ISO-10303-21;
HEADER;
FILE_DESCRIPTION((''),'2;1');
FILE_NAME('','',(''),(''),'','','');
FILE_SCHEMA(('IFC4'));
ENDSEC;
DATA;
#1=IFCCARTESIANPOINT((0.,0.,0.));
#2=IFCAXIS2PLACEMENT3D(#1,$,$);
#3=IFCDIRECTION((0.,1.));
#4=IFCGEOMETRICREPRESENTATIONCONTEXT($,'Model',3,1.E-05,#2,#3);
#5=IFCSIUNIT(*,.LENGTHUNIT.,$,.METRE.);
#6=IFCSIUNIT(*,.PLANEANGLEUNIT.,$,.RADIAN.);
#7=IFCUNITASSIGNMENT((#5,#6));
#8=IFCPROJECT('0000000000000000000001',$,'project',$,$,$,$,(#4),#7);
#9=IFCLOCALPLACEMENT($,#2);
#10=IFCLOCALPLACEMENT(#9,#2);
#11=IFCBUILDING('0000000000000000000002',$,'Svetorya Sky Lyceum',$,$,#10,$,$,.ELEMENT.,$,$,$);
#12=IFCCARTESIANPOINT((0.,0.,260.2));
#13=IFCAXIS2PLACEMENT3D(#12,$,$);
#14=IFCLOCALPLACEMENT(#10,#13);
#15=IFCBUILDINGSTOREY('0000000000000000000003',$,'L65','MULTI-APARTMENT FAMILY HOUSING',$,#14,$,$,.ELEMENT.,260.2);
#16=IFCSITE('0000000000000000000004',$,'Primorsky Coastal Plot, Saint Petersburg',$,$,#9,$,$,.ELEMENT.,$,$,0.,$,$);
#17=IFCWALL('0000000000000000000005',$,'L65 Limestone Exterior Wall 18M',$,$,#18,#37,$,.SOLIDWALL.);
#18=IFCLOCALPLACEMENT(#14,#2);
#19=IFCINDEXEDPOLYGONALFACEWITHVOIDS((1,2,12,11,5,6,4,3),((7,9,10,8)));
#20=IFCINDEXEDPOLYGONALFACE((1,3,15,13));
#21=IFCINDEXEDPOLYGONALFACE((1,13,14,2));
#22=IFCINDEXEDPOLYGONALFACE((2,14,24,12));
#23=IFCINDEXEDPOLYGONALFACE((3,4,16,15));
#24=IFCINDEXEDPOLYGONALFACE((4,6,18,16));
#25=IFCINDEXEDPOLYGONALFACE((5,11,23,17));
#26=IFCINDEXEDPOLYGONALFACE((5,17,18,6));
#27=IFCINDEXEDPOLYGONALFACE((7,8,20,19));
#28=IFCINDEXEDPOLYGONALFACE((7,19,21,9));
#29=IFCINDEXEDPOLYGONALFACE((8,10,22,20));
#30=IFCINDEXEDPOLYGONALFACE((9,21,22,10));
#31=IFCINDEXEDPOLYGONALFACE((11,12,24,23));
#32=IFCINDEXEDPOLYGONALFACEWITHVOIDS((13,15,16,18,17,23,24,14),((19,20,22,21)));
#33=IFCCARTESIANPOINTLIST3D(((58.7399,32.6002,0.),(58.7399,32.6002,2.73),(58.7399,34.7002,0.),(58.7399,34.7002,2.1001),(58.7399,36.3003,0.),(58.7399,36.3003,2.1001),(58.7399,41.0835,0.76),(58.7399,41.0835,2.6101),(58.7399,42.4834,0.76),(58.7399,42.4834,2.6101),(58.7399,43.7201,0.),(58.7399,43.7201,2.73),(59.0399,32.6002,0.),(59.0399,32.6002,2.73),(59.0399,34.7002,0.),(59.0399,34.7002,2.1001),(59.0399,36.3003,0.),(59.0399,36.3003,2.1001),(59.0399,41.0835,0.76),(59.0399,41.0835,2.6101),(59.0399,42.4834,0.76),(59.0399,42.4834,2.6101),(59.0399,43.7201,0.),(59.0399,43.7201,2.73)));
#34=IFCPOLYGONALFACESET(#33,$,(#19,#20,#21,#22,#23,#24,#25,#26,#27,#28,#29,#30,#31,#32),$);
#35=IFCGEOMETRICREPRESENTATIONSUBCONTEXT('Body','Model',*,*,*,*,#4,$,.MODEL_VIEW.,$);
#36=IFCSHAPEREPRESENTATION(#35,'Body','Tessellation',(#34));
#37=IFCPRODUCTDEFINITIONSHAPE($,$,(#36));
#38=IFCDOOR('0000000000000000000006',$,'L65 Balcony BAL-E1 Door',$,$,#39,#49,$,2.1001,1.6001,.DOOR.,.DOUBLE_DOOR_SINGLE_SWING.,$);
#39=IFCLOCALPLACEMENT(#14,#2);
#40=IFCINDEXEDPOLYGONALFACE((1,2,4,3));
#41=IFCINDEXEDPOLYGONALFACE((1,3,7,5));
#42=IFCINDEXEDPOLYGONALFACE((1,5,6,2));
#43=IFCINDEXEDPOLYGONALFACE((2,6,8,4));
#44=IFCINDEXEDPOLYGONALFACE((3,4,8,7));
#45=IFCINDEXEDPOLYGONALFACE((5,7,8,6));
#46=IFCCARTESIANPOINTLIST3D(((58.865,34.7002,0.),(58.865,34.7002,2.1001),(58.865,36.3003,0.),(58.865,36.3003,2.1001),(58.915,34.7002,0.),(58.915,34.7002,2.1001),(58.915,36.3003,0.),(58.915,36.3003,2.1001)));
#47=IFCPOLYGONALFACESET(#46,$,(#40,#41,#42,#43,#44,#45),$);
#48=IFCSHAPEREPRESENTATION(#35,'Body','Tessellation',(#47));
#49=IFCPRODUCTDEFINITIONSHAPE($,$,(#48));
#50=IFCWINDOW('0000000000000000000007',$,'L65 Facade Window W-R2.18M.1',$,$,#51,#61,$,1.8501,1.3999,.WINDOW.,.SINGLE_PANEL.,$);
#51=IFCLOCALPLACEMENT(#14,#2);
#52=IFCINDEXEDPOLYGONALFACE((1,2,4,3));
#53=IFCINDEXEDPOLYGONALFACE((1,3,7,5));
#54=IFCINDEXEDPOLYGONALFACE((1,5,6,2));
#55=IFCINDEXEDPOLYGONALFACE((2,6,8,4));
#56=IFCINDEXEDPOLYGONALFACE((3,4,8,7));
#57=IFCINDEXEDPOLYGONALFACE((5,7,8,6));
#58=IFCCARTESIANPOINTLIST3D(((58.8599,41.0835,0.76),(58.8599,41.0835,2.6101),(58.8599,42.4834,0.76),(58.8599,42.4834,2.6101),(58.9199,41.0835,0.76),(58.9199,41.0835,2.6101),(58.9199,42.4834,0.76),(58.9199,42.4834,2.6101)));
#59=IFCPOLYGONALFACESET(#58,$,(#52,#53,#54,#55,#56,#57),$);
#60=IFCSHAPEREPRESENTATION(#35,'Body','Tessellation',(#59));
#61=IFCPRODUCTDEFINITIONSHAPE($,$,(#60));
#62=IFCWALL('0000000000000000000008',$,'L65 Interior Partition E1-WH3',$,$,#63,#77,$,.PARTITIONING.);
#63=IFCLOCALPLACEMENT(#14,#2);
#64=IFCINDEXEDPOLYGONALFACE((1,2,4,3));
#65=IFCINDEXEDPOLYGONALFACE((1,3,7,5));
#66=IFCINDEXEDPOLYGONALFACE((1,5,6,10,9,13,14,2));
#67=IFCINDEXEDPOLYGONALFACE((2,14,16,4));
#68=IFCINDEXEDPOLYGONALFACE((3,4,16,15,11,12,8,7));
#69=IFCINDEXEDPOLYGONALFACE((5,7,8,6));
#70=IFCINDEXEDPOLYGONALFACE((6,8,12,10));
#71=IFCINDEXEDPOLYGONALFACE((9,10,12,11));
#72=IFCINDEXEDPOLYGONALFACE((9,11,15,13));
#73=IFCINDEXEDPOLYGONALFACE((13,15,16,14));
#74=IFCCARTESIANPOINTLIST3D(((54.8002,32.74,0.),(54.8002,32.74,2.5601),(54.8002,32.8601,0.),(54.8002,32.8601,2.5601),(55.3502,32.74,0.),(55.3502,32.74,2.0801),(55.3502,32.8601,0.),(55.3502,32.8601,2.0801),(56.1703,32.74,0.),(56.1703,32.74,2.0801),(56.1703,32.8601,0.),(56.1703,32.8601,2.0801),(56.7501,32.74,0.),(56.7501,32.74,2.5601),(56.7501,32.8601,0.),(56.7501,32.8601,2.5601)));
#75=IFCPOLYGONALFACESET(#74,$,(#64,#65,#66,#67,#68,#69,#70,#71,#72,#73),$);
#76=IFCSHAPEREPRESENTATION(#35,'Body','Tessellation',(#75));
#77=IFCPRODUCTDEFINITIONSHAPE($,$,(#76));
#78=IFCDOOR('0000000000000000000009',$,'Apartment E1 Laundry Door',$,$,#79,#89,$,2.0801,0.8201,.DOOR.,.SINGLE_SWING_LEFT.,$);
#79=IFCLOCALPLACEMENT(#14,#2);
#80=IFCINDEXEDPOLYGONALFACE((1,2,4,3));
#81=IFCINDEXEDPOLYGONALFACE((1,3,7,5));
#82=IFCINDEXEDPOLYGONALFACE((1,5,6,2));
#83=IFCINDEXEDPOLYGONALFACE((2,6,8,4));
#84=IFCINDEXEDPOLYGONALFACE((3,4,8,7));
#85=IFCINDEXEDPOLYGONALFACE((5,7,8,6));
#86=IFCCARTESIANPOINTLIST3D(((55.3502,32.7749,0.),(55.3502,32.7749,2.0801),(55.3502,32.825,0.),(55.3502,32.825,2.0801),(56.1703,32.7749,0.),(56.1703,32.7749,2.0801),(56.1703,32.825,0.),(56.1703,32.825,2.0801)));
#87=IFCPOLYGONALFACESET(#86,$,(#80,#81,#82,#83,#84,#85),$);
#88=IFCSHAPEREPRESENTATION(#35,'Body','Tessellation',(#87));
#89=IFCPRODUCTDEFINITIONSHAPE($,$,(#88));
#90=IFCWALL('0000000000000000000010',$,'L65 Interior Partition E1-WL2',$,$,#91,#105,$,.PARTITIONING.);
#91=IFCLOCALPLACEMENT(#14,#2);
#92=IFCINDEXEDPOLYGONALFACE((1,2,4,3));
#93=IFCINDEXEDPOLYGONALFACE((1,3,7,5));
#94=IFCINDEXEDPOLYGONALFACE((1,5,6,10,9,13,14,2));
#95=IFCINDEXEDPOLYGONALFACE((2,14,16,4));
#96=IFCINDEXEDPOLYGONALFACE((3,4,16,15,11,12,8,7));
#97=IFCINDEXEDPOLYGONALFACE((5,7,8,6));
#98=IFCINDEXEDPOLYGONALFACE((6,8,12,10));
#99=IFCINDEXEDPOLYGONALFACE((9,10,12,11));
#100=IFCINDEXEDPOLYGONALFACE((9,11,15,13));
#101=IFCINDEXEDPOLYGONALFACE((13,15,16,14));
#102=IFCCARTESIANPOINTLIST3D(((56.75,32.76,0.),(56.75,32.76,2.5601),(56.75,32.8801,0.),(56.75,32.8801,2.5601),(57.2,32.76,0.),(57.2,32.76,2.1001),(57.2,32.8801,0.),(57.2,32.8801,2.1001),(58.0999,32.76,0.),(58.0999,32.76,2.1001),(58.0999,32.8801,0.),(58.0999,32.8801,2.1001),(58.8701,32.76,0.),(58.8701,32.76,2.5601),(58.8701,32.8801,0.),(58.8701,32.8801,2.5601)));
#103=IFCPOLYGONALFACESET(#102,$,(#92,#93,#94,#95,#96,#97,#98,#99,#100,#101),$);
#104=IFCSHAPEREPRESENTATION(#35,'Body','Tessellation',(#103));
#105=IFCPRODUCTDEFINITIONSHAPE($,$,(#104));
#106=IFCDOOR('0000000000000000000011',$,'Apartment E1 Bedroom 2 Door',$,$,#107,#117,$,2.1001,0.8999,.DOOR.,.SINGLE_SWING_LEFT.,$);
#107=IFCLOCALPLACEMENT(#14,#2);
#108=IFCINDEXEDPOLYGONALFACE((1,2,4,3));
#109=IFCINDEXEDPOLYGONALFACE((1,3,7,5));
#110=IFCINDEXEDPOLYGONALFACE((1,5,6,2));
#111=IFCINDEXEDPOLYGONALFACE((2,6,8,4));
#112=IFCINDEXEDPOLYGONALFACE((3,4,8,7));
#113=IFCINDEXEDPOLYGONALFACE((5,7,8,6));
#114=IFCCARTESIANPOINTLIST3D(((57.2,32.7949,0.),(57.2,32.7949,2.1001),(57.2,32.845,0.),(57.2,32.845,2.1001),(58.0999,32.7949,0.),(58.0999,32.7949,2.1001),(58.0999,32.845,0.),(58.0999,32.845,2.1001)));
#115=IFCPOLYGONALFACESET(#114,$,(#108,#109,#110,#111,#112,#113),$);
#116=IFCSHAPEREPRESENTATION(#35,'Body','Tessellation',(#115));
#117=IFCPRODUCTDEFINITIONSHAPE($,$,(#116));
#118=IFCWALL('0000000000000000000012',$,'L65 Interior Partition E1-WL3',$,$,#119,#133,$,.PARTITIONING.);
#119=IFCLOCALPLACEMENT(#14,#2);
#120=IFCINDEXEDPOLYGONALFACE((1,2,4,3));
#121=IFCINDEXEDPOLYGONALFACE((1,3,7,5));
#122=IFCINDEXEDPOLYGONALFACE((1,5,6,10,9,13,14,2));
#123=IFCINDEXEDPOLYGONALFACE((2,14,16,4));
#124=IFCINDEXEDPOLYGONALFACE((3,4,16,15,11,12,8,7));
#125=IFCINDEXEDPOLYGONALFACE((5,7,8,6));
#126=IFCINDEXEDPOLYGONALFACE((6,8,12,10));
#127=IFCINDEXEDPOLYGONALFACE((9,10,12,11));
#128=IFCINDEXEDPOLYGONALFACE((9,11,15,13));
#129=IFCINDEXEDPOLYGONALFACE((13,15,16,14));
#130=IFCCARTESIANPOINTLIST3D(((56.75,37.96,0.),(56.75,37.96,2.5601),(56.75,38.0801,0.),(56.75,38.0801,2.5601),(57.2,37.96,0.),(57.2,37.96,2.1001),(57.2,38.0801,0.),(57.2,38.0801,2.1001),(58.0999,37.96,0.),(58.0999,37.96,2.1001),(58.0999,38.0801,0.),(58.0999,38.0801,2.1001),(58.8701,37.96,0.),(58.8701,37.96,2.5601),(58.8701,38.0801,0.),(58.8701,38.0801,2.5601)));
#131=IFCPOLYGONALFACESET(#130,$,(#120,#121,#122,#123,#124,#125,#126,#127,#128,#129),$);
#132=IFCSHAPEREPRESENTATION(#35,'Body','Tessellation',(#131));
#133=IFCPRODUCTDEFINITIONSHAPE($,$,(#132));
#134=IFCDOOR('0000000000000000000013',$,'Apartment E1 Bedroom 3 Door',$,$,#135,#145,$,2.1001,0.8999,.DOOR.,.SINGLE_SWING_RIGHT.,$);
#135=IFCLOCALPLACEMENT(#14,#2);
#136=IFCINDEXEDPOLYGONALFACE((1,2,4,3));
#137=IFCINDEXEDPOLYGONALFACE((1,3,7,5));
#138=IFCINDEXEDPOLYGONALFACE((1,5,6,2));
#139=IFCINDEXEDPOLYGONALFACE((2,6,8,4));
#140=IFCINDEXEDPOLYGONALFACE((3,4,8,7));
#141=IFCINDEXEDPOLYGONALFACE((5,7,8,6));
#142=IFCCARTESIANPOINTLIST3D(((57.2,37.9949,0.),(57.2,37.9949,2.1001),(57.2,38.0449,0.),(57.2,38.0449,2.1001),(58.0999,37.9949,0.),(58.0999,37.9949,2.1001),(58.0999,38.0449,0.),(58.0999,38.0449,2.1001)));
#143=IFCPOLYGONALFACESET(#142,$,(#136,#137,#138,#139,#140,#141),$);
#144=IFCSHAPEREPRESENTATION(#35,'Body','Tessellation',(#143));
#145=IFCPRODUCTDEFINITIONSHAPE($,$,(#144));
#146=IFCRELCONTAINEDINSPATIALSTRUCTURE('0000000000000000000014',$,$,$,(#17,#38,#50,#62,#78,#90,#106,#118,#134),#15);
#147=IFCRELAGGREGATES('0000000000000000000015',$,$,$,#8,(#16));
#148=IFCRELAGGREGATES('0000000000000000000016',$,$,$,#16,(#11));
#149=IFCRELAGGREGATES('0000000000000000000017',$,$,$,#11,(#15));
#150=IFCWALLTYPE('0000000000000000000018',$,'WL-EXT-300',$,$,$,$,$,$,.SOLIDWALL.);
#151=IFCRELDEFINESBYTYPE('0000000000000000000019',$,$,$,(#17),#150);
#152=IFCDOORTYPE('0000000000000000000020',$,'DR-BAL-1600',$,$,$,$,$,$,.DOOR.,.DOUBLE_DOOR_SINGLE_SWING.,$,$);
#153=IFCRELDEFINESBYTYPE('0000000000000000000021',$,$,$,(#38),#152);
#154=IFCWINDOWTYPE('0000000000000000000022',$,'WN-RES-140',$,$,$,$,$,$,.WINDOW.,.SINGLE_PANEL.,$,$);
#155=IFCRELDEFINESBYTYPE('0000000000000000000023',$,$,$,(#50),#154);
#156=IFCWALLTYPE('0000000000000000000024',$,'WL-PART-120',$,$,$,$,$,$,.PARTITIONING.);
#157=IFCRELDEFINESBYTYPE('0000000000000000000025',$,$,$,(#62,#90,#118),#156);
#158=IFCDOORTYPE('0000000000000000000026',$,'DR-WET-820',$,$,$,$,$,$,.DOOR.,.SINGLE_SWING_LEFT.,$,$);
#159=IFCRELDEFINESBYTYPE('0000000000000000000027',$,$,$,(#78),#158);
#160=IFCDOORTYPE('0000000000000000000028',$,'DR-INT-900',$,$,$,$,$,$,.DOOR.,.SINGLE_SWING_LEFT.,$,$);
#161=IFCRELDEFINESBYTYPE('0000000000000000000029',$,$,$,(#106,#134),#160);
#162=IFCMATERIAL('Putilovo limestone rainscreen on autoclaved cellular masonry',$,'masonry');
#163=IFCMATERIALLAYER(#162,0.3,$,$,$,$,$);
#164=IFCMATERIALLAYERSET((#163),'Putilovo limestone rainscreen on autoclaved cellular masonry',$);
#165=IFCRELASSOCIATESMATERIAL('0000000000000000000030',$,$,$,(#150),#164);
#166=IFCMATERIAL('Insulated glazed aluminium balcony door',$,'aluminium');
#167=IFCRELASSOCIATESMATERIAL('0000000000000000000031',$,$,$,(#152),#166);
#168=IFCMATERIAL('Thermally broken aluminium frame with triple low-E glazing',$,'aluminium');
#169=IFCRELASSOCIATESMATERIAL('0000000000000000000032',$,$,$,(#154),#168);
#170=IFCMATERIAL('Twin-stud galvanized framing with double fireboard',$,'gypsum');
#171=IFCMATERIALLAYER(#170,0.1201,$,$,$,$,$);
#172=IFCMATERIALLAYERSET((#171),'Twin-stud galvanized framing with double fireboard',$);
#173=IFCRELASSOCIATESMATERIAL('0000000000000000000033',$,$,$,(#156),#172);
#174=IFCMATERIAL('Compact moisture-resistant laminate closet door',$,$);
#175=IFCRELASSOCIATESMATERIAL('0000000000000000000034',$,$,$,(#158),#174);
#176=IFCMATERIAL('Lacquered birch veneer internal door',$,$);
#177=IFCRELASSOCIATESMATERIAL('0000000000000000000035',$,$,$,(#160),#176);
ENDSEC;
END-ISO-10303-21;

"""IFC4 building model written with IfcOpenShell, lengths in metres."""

from ifc_helpers import new_model, si_unit, direction, frame, frame_2d, origin, place, context, subcontext, project, spatial, rectangle, extrude, material, layer, layer_set, type_object, element, fill, save


model = new_model("IFC4")

# Units and contexts
model_context = context("Model", 3, precision=1e-05, world=origin(), true_north=direction((0.0, 1.0)))
body_context = subcontext(model_context, "Body", "Model", "MODEL_VIEW")
ifc_project = project(units=[si_unit("LENGTHUNIT", "METRE"), si_unit("PLANEANGLEUNIT", "RADIAN")], contexts=[model_context])

# Site, building, storey
site_placement = place(None, origin())
site = spatial("IfcSite", under=ifc_project, at=site_placement, Name="Primorsky Coastal Plot, Saint Petersburg", CompositionType="ELEMENT", RefElevation=0.0)
building_placement = place(site_placement, origin())
building = spatial("IfcBuilding", under=site, at=building_placement, Name="Svetorya Sky Lyceum", CompositionType="ELEMENT")
storey_placement = place(building_placement, frame((0.0, 0.0, 260.2)))
storey = spatial("IfcBuildingStorey", under=building, at=storey_placement, Name="L65", Description="MULTI-APARTMENT FAMILY HOUSING", CompositionType="ELEMENT", Elevation=260.2)

# Shared definitions
ifc_material_1 = material(Name="Putilovo limestone rainscreen on autoclaved cellular masonry", Category="masonry")
ifc_layer_1 = layer(ifc_material_1, 0.3)
ifc_layer_set_1 = layer_set([ifc_layer_1], Name="Putilovo limestone rainscreen on autoclaved cellular masonry")
wall_type_1 = type_object("IfcWallType", Name="WL-EXT-300", PredefinedType="SOLIDWALL", material=ifc_layer_set_1)

# Shared definitions
ifc_material_2 = material(Name="Thermally broken aluminium frame with triple low-E glazing", Category="aluminium")

# Wall, openings, door, window
wall_1_placement = place(storey_placement, frame((58.8899, 32.6001, 0.0), z_axis=(0.0, 0.0, 1.0), x_axis=(0.0, 1.0, 0.0)))
wall_1 = element("IfcWall", 1, at=wall_1_placement, inside=storey, type_object=wall_type_1, Name="L65 Limestone Exterior Wall 18M", PredefinedType="SOLIDWALL", context=body_context, shape_type="SweptSolid", body=[
    extrude(rectangle(XDim=11.1199, YDim=0.3, at=frame_2d((5.5601, 0.0))), origin(), (0.0, 0.0, 1.0), 2.73),
])
opening_1_placement = place(wall_1_placement, frame((2.1001, 0.0, 0.0)))
opening_1 = element("IfcOpeningElement", 2, at=opening_1_placement, cuts=wall_1, PredefinedType="OPENING", context=body_context, shape_type="SweptSolid", body=[
    extrude(rectangle(XDim=1.6001, YDim=2.1001, at=frame_2d((0.8, 1.05))), frame((0.0, 0.1599, 0.0), z_axis=(0.0, -1.0, 0.0), x_axis=(1.0, 0.0, 0.0)), (0.0, 0.0, 1.0), 0.3201),
])
opening_2_placement = place(wall_1_placement, frame((8.4834, 0.0, 0.76)))
opening_2 = element("IfcOpeningElement", 3, at=opening_2_placement, cuts=wall_1, PredefinedType="OPENING", context=body_context, shape_type="SweptSolid", body=[
    extrude(rectangle(XDim=1.3999, YDim=1.8501, at=frame_2d((0.7, 0.925))), frame((0.0, 0.1599, 0.0), z_axis=(0.0, -1.0, 0.0), x_axis=(1.0, 0.0, 0.0)), (0.0, 0.0, 1.0), 0.3201),
])
ifc_material_3 = material(Name="Insulated glazed aluminium balcony door", Category="aluminium")
door_type_1 = type_object("IfcDoorType", Name="DR-BAL-1600", OperationType="DOUBLE_DOOR_SINGLE_SWING", PredefinedType="DOOR", material=ifc_material_3)
door_1_placement = place(opening_1_placement, origin())
door_1 = element("IfcDoor", 4, at=door_1_placement, inside=storey, type_object=door_type_1, Name="L65 Balcony BAL-E1 Door", OperationType="DOUBLE_DOOR_SINGLE_SWING", OverallHeight=2.1001, OverallWidth=1.6001, PredefinedType="DOOR", context=body_context, shape_type="SweptSolid", body=[
    extrude(rectangle(XDim=1.6001, YDim=2.1001, at=frame_2d((0.8, 1.05))), frame((0.0, 0.0249, 0.0), z_axis=(0.0, -1.0, 0.0), x_axis=(1.0, 0.0, 0.0)), (0.0, 0.0, 1.0), 0.05),
])
fill(opening_1, door_1)
window_type_1 = type_object("IfcWindowType", Name="WN-RES-140", PartitioningType="SINGLE_PANEL", PredefinedType="WINDOW", material=ifc_material_2)
window_1_placement = place(opening_2_placement, origin())
window_1 = element("IfcWindow", 5, at=window_1_placement, inside=storey, type_object=window_type_1, Name="L65 Facade Window W-R2.18M.1", OverallHeight=1.8501, OverallWidth=1.3999, PartitioningType="SINGLE_PANEL", PredefinedType="WINDOW", context=body_context, shape_type="SweptSolid", body=[
    extrude(rectangle(XDim=1.3999, YDim=1.8501, at=frame_2d((0.7, 0.925))), frame((0.0, 0.03, 0.0), z_axis=(0.0, -1.0, 0.0), x_axis=(1.0, 0.0, 0.0)), (0.0, 0.0, 1.0), 0.0601),
])
fill(opening_2, window_1)

# Walls, openings, doors
ifc_material_4 = material(Name="Twin-stud galvanized framing with double fireboard", Category="gypsum")
ifc_layer_2 = layer(ifc_material_4, 0.1201)
ifc_layer_set_2 = layer_set([ifc_layer_2], Name="Twin-stud galvanized framing with double fireboard")
wall_type_2 = type_object("IfcWallType", Name="WL-PART-120", PredefinedType="PARTITIONING", material=ifc_layer_set_2)
wall_2_placement = place(storey_placement, frame((54.8, 32.8, 0.0), z_axis=(0.0, 0.0, 1.0), x_axis=(1.0, 0.0, 0.0)))
wall_2 = element("IfcWall", 6, at=wall_2_placement, inside=storey, type_object=wall_type_2, Name="L65 Interior Partition E1-WH3", PredefinedType="PARTITIONING", context=body_context, shape_type="SweptSolid", body=[
    extrude(rectangle(XDim=1.95, YDim=0.1201, at=frame_2d((0.9751, 0.0))), origin(), (0.0, 0.0, 1.0), 2.5601),
])
opening_3_placement = place(wall_2_placement, frame((0.55, 0.0, 0.0)))
opening_3 = element("IfcOpeningElement", 7, at=opening_3_placement, cuts=wall_2, PredefinedType="OPENING", context=body_context, shape_type="SweptSolid", body=[
    extrude(rectangle(XDim=0.8201, YDim=2.0801, at=frame_2d((0.4102, 1.04))), frame((0.0, 0.0701, 0.0), z_axis=(0.0, -1.0, 0.0), x_axis=(1.0, 0.0, 0.0)), (0.0, 0.0, 1.0), 0.1401),
])
ifc_material_5 = material(Name="Compact moisture-resistant laminate closet door")
door_type_2 = type_object("IfcDoorType", Name="DR-WET-820", OperationType="SINGLE_SWING_LEFT", PredefinedType="DOOR", material=ifc_material_5)
door_2_placement = place(opening_3_placement, origin())
door_2 = element("IfcDoor", 8, at=door_2_placement, inside=storey, type_object=door_type_2, Name="Apartment E1 Laundry Door", OperationType="SINGLE_SWING_LEFT", OverallHeight=2.0801, OverallWidth=0.8201, PredefinedType="DOOR", context=body_context, shape_type="SweptSolid", body=[
    extrude(rectangle(XDim=0.8201, YDim=2.0801, at=frame_2d((0.4102, 1.04))), frame((0.0, 0.0249, 0.0), z_axis=(0.0, -1.0, 0.0), x_axis=(1.0, 0.0, 0.0)), (0.0, 0.0, 1.0), 0.05),
])
fill(opening_3, door_2)
wall_3_placement = place(storey_placement, frame((56.75, 32.8201, 0.0), z_axis=(0.0, 0.0, 1.0), x_axis=(1.0, 0.0, 0.0)))
wall_3 = element("IfcWall", 9, at=wall_3_placement, inside=storey, type_object=wall_type_2, Name="L65 Interior Partition E1-WL2", PredefinedType="PARTITIONING", context=body_context, shape_type="SweptSolid", body=[
    extrude(rectangle(XDim=2.1201, YDim=0.1201, at=frame_2d((1.0601, 0.0))), origin(), (0.0, 0.0, 1.0), 2.5601),
])
opening_4_placement = place(wall_3_placement, frame((0.45, 0.0, 0.0)))
opening_4 = element("IfcOpeningElement", 10, at=opening_4_placement, cuts=wall_3, PredefinedType="OPENING", context=body_context, shape_type="SweptSolid", body=[
    extrude(rectangle(XDim=0.8999, YDim=2.1001, at=frame_2d((0.45, 1.05))), frame((0.0, 0.0701, 0.0), z_axis=(0.0, -1.0, 0.0), x_axis=(1.0, 0.0, 0.0)), (0.0, 0.0, 1.0), 0.1401),
])
ifc_material_6 = material(Name="Lacquered birch veneer internal door")
door_type_3 = type_object("IfcDoorType", Name="DR-INT-900", OperationType="SINGLE_SWING_LEFT", PredefinedType="DOOR", material=ifc_material_6)
door_3_placement = place(opening_4_placement, origin())
door_3 = element("IfcDoor", 11, at=door_3_placement, inside=storey, type_object=door_type_3, Name="Apartment E1 Bedroom 2 Door", OperationType="SINGLE_SWING_LEFT", OverallHeight=2.1001, OverallWidth=0.8999, PredefinedType="DOOR", context=body_context, shape_type="SweptSolid", body=[
    extrude(rectangle(XDim=0.8999, YDim=2.1001, at=frame_2d((0.45, 1.05))), frame((0.0, 0.0249, 0.0), z_axis=(0.0, -1.0, 0.0), x_axis=(1.0, 0.0, 0.0)), (0.0, 0.0, 1.0), 0.05),
])
fill(opening_4, door_3)
wall_4_placement = place(storey_placement, frame((56.75, 38.02, 0.0), z_axis=(0.0, 0.0, 1.0), x_axis=(1.0, 0.0, 0.0)))
wall_4 = element("IfcWall", 12, at=wall_4_placement, inside=storey, type_object=wall_type_2, Name="L65 Interior Partition E1-WL3", PredefinedType="PARTITIONING", context=body_context, shape_type="SweptSolid", body=[
    extrude(rectangle(XDim=2.1201, YDim=0.1201, at=frame_2d((1.0601, 0.0))), origin(), (0.0, 0.0, 1.0), 2.5601),
])
opening_5_placement = place(wall_4_placement, frame((0.45, 0.0, 0.0)))
opening_5 = element("IfcOpeningElement", 13, at=opening_5_placement, cuts=wall_4, PredefinedType="OPENING", context=body_context, shape_type="SweptSolid", body=[
    extrude(rectangle(XDim=0.8999, YDim=2.1001, at=frame_2d((0.45, 1.05))), frame((0.0, 0.0701, 0.0), z_axis=(0.0, -1.0, 0.0), x_axis=(1.0, 0.0, 0.0)), (0.0, 0.0, 1.0), 0.1401),
])
door_4_placement = place(opening_5_placement, origin())
door_4 = element("IfcDoor", 14, at=door_4_placement, inside=storey, type_object=door_type_3, Name="Apartment E1 Bedroom 3 Door", OperationType="SINGLE_SWING_RIGHT", OverallHeight=2.1001, OverallWidth=0.8999, PredefinedType="DOOR", context=body_context, shape_type="SweptSolid", body=[
    extrude(rectangle(XDim=0.8999, YDim=2.1001, at=frame_2d((0.45, 1.05))), frame((0.0, 0.0249, 0.0), z_axis=(0.0, -1.0, 0.0), x_axis=(1.0, 0.0, 0.0)), (0.0, 0.0, 1.0), 0.05),
])
fill(opening_5, door_4)

save(model, "model.ifc")
